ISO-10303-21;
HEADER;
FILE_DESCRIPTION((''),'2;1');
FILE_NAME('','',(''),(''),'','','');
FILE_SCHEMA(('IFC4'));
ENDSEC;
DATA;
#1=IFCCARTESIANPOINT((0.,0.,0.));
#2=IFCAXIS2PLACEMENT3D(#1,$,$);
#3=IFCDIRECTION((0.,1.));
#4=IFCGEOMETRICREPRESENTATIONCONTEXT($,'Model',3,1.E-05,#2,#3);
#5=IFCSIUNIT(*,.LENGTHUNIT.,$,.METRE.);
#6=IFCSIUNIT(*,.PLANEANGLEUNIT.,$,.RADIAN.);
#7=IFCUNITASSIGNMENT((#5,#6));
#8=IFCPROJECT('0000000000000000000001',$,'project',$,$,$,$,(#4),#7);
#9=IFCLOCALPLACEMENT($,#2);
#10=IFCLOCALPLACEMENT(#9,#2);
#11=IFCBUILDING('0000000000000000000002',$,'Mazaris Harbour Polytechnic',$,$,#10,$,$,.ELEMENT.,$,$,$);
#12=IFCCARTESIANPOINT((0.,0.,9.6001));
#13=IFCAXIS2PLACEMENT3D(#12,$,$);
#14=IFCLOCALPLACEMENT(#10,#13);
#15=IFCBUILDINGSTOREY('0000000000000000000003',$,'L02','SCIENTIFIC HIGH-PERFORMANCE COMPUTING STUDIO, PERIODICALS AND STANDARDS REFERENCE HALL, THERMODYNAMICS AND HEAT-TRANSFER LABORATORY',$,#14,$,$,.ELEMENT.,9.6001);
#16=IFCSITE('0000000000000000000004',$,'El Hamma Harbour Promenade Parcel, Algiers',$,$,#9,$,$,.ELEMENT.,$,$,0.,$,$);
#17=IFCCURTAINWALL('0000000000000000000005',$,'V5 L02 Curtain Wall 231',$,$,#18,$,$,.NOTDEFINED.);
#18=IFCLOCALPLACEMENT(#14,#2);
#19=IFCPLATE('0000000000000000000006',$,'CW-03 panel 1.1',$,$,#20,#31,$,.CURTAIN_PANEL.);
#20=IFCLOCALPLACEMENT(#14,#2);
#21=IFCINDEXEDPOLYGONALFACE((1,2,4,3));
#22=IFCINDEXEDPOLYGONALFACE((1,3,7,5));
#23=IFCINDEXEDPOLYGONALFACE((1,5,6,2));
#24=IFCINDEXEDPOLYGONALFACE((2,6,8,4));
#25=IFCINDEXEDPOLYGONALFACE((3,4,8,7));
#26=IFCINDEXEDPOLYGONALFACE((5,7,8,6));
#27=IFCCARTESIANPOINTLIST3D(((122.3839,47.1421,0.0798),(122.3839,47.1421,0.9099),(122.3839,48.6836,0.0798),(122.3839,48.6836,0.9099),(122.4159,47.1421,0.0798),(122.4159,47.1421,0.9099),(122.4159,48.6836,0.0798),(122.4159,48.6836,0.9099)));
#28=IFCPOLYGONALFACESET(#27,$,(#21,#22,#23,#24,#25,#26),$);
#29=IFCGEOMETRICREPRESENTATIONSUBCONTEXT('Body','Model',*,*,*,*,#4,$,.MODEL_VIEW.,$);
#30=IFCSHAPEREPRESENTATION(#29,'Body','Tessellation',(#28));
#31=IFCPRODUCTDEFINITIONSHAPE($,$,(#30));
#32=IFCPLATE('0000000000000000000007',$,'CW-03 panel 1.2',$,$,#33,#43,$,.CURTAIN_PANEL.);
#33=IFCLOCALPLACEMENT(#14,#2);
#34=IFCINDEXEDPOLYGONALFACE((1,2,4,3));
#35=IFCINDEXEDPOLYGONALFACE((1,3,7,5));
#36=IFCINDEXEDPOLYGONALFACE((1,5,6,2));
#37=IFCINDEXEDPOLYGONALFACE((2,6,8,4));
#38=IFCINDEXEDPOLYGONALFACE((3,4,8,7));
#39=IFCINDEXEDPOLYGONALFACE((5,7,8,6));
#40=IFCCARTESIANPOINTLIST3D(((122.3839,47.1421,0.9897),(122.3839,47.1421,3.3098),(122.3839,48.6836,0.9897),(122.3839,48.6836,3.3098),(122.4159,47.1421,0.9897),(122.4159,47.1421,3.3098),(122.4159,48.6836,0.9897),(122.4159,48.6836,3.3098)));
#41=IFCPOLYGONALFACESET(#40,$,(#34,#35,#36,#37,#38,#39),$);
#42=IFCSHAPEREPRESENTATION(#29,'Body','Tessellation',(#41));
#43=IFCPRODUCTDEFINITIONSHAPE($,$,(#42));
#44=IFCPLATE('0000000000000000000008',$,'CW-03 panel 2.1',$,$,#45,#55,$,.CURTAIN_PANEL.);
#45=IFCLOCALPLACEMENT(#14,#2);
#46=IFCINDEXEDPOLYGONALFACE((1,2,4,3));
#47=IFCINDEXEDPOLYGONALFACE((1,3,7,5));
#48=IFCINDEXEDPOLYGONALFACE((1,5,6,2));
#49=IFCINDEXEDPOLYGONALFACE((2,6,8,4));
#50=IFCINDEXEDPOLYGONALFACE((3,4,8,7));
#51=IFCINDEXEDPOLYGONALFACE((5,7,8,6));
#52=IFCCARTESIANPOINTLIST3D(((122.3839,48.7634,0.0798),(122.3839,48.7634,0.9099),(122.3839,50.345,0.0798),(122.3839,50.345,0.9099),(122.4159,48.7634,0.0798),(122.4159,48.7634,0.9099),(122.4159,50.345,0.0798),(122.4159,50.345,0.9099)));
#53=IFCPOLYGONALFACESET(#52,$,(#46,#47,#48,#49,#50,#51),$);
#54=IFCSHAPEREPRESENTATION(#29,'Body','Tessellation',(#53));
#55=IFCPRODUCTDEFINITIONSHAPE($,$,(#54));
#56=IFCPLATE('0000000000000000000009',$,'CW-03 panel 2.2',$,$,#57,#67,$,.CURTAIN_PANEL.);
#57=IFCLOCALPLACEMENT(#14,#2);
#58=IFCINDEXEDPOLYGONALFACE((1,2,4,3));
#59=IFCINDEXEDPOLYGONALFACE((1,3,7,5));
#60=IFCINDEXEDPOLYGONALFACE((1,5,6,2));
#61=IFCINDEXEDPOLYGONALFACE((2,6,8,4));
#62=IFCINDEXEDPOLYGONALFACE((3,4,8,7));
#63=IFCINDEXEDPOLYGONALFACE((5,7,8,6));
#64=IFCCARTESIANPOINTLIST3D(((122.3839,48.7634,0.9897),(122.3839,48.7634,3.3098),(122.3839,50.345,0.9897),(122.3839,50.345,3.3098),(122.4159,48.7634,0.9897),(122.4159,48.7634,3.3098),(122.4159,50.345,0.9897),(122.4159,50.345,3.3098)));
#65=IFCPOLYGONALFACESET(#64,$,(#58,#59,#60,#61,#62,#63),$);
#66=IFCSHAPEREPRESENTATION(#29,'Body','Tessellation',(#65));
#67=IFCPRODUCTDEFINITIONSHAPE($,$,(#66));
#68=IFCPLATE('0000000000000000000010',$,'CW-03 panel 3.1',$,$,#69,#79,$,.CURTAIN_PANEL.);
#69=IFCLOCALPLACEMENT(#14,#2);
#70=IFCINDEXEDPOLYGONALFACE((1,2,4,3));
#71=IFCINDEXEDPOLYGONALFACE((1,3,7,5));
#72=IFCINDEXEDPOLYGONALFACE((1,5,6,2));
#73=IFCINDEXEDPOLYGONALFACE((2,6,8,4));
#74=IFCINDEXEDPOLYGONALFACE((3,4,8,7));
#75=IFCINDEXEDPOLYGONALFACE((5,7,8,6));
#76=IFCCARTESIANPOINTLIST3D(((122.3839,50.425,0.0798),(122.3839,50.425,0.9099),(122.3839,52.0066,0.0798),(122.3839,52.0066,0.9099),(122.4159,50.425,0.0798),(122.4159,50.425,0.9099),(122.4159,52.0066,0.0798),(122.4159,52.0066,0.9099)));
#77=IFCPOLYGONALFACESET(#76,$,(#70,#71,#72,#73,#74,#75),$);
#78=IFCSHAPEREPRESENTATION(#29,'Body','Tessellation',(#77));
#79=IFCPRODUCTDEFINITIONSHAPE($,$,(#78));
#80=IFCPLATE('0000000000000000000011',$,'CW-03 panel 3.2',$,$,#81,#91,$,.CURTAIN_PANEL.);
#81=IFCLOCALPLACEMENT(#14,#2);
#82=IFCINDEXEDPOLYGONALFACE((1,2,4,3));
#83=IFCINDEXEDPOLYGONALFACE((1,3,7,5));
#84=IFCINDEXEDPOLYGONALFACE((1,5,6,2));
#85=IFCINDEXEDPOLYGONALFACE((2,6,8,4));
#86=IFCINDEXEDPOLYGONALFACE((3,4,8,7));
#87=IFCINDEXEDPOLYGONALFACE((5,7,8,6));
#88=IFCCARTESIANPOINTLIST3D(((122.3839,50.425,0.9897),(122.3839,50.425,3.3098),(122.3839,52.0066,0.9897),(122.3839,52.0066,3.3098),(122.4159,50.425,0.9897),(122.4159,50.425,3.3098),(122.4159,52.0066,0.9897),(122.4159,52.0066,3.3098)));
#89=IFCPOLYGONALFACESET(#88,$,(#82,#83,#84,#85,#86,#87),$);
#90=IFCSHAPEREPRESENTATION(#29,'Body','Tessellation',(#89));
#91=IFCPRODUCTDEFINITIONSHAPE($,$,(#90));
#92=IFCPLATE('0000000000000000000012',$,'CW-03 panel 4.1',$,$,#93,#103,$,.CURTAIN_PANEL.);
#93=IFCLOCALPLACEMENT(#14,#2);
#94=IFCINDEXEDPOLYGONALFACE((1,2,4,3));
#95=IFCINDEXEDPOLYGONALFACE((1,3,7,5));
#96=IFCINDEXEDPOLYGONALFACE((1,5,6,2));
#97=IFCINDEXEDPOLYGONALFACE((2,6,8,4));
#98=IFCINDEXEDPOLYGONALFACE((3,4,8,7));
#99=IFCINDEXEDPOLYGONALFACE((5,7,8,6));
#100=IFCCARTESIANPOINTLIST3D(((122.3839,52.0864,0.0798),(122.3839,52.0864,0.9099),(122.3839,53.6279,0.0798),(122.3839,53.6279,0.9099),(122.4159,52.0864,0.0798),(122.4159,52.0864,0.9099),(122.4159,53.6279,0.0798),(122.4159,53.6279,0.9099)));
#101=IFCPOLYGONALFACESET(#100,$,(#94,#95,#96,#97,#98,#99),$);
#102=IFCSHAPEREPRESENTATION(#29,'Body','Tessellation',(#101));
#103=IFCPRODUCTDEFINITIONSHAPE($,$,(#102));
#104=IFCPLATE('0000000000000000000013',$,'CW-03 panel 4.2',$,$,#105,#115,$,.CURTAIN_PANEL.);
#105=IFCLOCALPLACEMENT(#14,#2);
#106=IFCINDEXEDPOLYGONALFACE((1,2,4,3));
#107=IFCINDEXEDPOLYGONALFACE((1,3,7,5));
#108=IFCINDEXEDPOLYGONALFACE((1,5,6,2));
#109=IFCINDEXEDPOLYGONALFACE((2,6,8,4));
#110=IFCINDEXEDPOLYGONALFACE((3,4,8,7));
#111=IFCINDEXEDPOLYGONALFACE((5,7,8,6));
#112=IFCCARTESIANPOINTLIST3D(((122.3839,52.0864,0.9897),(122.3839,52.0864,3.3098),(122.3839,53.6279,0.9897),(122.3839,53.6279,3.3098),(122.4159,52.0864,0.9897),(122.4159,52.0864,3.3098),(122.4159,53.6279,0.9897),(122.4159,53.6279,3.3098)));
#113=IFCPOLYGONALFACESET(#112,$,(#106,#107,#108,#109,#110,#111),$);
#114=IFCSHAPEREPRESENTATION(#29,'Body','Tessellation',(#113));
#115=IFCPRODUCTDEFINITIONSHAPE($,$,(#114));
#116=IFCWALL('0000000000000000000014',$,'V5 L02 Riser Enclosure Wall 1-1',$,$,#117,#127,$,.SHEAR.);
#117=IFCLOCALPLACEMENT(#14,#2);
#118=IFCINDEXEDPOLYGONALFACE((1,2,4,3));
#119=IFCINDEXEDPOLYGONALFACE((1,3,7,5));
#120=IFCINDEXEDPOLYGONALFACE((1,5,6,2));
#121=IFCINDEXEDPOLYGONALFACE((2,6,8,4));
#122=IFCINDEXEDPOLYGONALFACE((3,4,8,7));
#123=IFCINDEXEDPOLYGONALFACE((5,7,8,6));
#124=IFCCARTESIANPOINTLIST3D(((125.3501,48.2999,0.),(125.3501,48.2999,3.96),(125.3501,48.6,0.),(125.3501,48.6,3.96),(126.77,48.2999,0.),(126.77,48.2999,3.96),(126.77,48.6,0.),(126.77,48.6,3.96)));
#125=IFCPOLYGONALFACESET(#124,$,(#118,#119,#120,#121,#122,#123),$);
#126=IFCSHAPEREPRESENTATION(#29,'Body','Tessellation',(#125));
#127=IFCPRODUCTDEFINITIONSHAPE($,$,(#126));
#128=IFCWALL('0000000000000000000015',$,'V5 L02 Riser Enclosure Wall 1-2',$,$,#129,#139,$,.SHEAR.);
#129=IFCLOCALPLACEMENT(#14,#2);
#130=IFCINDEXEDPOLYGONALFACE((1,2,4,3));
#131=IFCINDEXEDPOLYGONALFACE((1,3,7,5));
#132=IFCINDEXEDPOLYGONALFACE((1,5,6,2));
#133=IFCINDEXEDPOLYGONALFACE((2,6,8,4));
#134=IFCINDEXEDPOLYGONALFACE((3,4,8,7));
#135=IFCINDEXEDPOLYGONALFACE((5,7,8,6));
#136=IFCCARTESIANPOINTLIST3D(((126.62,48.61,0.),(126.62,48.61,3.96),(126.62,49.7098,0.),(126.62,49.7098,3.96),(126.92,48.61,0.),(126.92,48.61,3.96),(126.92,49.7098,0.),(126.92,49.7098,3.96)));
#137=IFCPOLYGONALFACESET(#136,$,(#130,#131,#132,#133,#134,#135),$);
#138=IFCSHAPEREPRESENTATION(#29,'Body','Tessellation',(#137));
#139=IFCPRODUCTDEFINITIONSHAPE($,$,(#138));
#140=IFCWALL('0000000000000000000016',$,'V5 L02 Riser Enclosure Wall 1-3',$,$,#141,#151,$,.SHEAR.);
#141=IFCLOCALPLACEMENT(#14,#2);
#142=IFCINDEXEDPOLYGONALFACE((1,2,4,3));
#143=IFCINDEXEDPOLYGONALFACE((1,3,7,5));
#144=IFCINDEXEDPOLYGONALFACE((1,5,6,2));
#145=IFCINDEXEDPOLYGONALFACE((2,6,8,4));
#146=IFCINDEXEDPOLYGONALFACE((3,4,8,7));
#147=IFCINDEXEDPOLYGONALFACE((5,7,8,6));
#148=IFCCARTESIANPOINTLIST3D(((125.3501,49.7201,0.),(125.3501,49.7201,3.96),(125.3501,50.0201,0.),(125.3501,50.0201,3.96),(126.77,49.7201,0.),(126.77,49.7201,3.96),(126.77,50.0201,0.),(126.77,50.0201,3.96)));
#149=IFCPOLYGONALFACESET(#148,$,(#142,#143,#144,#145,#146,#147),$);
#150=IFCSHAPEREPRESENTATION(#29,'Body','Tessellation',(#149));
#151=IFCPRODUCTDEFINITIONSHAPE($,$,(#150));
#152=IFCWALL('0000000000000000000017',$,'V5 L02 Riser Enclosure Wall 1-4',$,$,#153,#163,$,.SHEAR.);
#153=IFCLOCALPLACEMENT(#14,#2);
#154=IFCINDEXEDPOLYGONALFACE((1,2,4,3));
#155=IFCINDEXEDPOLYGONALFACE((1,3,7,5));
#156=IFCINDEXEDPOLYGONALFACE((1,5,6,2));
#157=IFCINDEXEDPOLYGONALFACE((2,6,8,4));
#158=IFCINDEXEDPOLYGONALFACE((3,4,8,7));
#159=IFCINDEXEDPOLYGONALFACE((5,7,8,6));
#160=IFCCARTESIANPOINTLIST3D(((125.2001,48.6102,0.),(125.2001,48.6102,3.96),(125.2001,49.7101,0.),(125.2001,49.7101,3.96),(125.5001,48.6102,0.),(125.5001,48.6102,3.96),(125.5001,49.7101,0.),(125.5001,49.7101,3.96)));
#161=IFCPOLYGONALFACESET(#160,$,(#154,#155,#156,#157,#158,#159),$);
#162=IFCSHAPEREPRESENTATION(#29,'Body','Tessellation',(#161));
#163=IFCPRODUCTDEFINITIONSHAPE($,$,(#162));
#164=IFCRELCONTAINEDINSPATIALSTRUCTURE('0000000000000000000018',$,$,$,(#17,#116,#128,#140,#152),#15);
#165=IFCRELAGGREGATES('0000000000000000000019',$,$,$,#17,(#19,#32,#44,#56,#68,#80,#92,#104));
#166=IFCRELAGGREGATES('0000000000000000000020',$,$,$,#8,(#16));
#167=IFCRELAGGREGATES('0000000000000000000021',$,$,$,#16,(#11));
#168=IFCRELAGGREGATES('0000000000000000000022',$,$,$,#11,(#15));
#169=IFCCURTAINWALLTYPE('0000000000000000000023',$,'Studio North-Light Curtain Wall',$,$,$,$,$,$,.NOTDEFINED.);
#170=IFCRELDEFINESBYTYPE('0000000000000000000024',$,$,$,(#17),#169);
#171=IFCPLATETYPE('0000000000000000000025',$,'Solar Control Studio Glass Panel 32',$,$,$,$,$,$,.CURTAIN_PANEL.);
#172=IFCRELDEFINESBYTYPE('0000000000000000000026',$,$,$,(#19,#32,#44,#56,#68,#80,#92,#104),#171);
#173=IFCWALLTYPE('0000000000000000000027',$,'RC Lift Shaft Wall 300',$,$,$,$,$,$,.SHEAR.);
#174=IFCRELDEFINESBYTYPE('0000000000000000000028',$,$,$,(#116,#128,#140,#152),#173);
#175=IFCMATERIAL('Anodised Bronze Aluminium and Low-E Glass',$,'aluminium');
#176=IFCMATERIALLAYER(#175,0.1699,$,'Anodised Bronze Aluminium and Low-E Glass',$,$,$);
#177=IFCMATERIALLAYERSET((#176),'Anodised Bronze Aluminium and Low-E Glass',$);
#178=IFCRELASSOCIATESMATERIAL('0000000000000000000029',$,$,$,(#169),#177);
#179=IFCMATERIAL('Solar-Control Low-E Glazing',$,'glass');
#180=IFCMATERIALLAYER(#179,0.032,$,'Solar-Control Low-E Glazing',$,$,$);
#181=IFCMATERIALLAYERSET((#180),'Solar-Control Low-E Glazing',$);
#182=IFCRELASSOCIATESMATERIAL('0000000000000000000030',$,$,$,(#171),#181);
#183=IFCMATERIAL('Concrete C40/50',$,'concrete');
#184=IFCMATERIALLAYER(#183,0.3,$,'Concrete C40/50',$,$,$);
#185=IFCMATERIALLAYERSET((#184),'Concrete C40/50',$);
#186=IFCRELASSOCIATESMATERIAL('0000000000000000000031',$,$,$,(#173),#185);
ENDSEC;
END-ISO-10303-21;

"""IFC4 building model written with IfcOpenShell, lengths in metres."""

from ifc_helpers import new_model, si_unit, direction, frame, frame_2d, origin, origin_2d, place, context, subcontext, project, spatial, rectangle, extrude, material, layer, layer_set, type_object, element, aggregate, save


model = new_model("IFC4")

# Units and contexts
model_context = context("Model", 3, precision=1e-05, world=origin(), true_north=direction((0.0, 1.0)))
body_context = subcontext(model_context, "Body", "Model", "MODEL_VIEW")
ifc_project = project(units=[si_unit("LENGTHUNIT", "METRE"), si_unit("PLANEANGLEUNIT", "RADIAN")], contexts=[model_context])

# Site, building, storey
site_placement = place(None, origin())
site = spatial("IfcSite", under=ifc_project, at=site_placement, Name="El Hamma Harbour Promenade Parcel, Algiers", CompositionType="ELEMENT", RefElevation=0.0)
building_placement = place(site_placement, origin())
building = spatial("IfcBuilding", under=site, at=building_placement, Name="Mazaris Harbour Polytechnic", CompositionType="ELEMENT")
storey_placement = place(building_placement, frame((0.0, 0.0, 9.6001)))
storey = spatial("IfcBuildingStorey", under=building, at=storey_placement, Name="L02", Description="SCIENTIFIC HIGH-PERFORMANCE COMPUTING STUDIO, PERIODICALS AND STANDARDS REFERENCE HALL, THERMODYNAMICS AND HEAT-TRANSFER LABORATORY", CompositionType="ELEMENT", Elevation=9.6001)

# Curtain wall
ifc_material_1 = material(Name="Anodised Bronze Aluminium and Low-E Glass", Category="aluminium")
ifc_layer_1 = layer(ifc_material_1, 0.1699, Name="Anodised Bronze Aluminium and Low-E Glass")
ifc_layer_set_1 = layer_set([ifc_layer_1], Name="Anodised Bronze Aluminium and Low-E Glass")
curtain_wall_type = type_object("IfcCurtainWallType", Name="Studio North-Light Curtain Wall", PredefinedType="NOTDEFINED", material=ifc_layer_set_1)
curtain_wall_placement = place(storey_placement, origin())
curtain_wall = element("IfcCurtainWall", 1, at=curtain_wall_placement, inside=storey, type_object=curtain_wall_type, Name="V5 L02 Curtain Wall 231", PredefinedType="NOTDEFINED")

# Plates
ifc_material_2 = material(Name="Solar-Control Low-E Glazing", Category="glass")
ifc_layer_2 = layer(ifc_material_2, 0.032, Name="Solar-Control Low-E Glazing")
ifc_layer_set_2 = layer_set([ifc_layer_2], Name="Solar-Control Low-E Glazing")
plate_type = type_object("IfcPlateType", Name="Solar Control Studio Glass Panel 32", PredefinedType="CURTAIN_PANEL", material=ifc_layer_set_2)
plate_1_placement = place(storey_placement, frame((122.3999, 47.9128, 0.0798), z_axis=(0.0, 0.0, 1.0), x_axis=(0.0, 1.0, 0.0)))
plate_1 = element("IfcPlate", 2, at=plate_1_placement, type_object=plate_type, Name="CW-03 panel 1.1", PredefinedType="CURTAIN_PANEL", context=body_context, shape_type="SweptSolid", body=[
    extrude(rectangle(XDim=1.5415, YDim=0.032, at=origin_2d()), origin(), (0.0, 0.0, 1.0), 0.8301),
])
plate_2_placement = place(storey_placement, frame((122.3999, 47.9128, 0.9897), z_axis=(0.0, 0.0, 1.0), x_axis=(0.0, 1.0, 0.0)))
plate_2 = element("IfcPlate", 3, at=plate_2_placement, type_object=plate_type, Name="CW-03 panel 1.2", PredefinedType="CURTAIN_PANEL", context=body_context, shape_type="SweptSolid", body=[
    extrude(rectangle(XDim=1.5415, YDim=0.032, at=origin_2d()), origin(), (0.0, 0.0, 1.0), 2.3201),
])
plate_3_placement = place(storey_placement, frame((122.3999, 49.5542, 0.0798), z_axis=(0.0, 0.0, 1.0), x_axis=(0.0, 1.0, 0.0)))
plate_3 = element("IfcPlate", 4, at=plate_3_placement, type_object=plate_type, Name="CW-03 panel 2.1", PredefinedType="CURTAIN_PANEL", context=body_context, shape_type="SweptSolid", body=[
    extrude(rectangle(XDim=1.5815, YDim=0.032, at=origin_2d()), origin(), (0.0, 0.0, 1.0), 0.8301),
])
plate_4_placement = place(storey_placement, frame((122.3999, 49.5542, 0.9897), z_axis=(0.0, 0.0, 1.0), x_axis=(0.0, 1.0, 0.0)))
plate_4 = element("IfcPlate", 5, at=plate_4_placement, type_object=plate_type, Name="CW-03 panel 2.2", PredefinedType="CURTAIN_PANEL", context=body_context, shape_type="SweptSolid", body=[
    extrude(rectangle(XDim=1.5815, YDim=0.032, at=origin_2d()), origin(), (0.0, 0.0, 1.0), 2.3201),
])
plate_5_placement = place(storey_placement, frame((122.3999, 51.2158, 0.0798), z_axis=(0.0, 0.0, 1.0), x_axis=(0.0, 1.0, 0.0)))
plate_5 = element("IfcPlate", 6, at=plate_5_placement, type_object=plate_type, Name="CW-03 panel 3.1", PredefinedType="CURTAIN_PANEL", context=body_context, shape_type="SweptSolid", body=[
    extrude(rectangle(XDim=1.5815, YDim=0.032, at=origin_2d()), origin(), (0.0, 0.0, 1.0), 0.8301),
])
plate_6_placement = place(storey_placement, frame((122.3999, 51.2158, 0.9897), z_axis=(0.0, 0.0, 1.0), x_axis=(0.0, 1.0, 0.0)))
plate_6 = element("IfcPlate", 7, at=plate_6_placement, type_object=plate_type, Name="CW-03 panel 3.2", PredefinedType="CURTAIN_PANEL", context=body_context, shape_type="SweptSolid", body=[
    extrude(rectangle(XDim=1.5815, YDim=0.032, at=origin_2d()), origin(), (0.0, 0.0, 1.0), 2.3201),
])
plate_7_placement = place(storey_placement, frame((122.3999, 52.8572, 0.0798), z_axis=(0.0, 0.0, 1.0), x_axis=(0.0, 1.0, 0.0)))
plate_7 = element("IfcPlate", 8, at=plate_7_placement, type_object=plate_type, Name="CW-03 panel 4.1", PredefinedType="CURTAIN_PANEL", context=body_context, shape_type="SweptSolid", body=[
    extrude(rectangle(XDim=1.5415, YDim=0.032, at=origin_2d()), origin(), (0.0, 0.0, 1.0), 0.8301),
])
plate_8_placement = place(storey_placement, frame((122.3999, 52.8572, 0.9897), z_axis=(0.0, 0.0, 1.0), x_axis=(0.0, 1.0, 0.0)))
plate_8 = element("IfcPlate", 9, at=plate_8_placement, type_object=plate_type, Name="CW-03 panel 4.2", PredefinedType="CURTAIN_PANEL", context=body_context, shape_type="SweptSolid", body=[
    extrude(rectangle(XDim=1.5415, YDim=0.032, at=origin_2d()), origin(), (0.0, 0.0, 1.0), 2.3201),
])
aggregate(curtain_wall, [plate_1, plate_2, plate_3, plate_4, plate_5, plate_6, plate_7, plate_8])

# Walls
ifc_material_3 = material(Name="Concrete C40/50", Category="concrete")
ifc_layer_3 = layer(ifc_material_3, 0.3, Name="Concrete C40/50")
ifc_layer_set_3 = layer_set([ifc_layer_3], Name="Concrete C40/50")
wall_type = type_object("IfcWallType", Name="RC Lift Shaft Wall 300", PredefinedType="SHEAR", material=ifc_layer_set_3)
wall_1_placement = place(storey_placement, frame((125.3501, 48.45, 0.0), z_axis=(0.0, 0.0, 1.0), x_axis=(1.0, 0.0, 0.0)))
element("IfcWall", 10, at=wall_1_placement, inside=storey, type_object=wall_type, Name="V5 L02 Riser Enclosure Wall 1-1", PredefinedType="SHEAR", context=body_context, shape_type="SweptSolid", body=[
    extrude(rectangle(XDim=1.4199, YDim=0.3, at=frame_2d((0.71, 0.0))), origin(), (0.0, 0.0, 1.0), 3.96),
])
wall_2_placement = place(storey_placement, frame((126.77, 48.6101, 0.0), z_axis=(0.0, 0.0, 1.0), x_axis=(0.0, 1.0, 0.0)))
element("IfcWall", 11, at=wall_2_placement, inside=storey, type_object=wall_type, Name="V5 L02 Riser Enclosure Wall 1-2", PredefinedType="SHEAR", context=body_context, shape_type="SweptSolid", body=[
    extrude(rectangle(XDim=1.0999, YDim=0.3, at=frame_2d((0.5498, 0.0))), origin(), (0.0, 0.0, 1.0), 3.96),
])
wall_3_placement = place(storey_placement, frame((126.77, 49.8701, 0.0), z_axis=(0.0, 0.0, 1.0), x_axis=(-1.0, 0.0, 0.0)))
element("IfcWall", 12, at=wall_3_placement, inside=storey, type_object=wall_type, Name="V5 L02 Riser Enclosure Wall 1-3", PredefinedType="SHEAR", context=body_context, shape_type="SweptSolid", body=[
    extrude(rectangle(XDim=1.4199, YDim=0.3, at=frame_2d((0.71, 0.0))), origin(), (0.0, 0.0, 1.0), 3.96),
])
wall_4_placement = place(storey_placement, frame((125.3501, 49.71, 0.0), z_axis=(0.0, 0.0, 1.0), x_axis=(0.0, -1.0, 0.0)))
element("IfcWall", 13, at=wall_4_placement, inside=storey, type_object=wall_type, Name="V5 L02 Riser Enclosure Wall 1-4", PredefinedType="SHEAR", context=body_context, shape_type="SweptSolid", body=[
    extrude(rectangle(XDim=1.0999, YDim=0.3, at=frame_2d((0.5498, 0.0))), origin(), (0.0, 0.0, 1.0), 3.96),
])

save(model, "model.ifc")
